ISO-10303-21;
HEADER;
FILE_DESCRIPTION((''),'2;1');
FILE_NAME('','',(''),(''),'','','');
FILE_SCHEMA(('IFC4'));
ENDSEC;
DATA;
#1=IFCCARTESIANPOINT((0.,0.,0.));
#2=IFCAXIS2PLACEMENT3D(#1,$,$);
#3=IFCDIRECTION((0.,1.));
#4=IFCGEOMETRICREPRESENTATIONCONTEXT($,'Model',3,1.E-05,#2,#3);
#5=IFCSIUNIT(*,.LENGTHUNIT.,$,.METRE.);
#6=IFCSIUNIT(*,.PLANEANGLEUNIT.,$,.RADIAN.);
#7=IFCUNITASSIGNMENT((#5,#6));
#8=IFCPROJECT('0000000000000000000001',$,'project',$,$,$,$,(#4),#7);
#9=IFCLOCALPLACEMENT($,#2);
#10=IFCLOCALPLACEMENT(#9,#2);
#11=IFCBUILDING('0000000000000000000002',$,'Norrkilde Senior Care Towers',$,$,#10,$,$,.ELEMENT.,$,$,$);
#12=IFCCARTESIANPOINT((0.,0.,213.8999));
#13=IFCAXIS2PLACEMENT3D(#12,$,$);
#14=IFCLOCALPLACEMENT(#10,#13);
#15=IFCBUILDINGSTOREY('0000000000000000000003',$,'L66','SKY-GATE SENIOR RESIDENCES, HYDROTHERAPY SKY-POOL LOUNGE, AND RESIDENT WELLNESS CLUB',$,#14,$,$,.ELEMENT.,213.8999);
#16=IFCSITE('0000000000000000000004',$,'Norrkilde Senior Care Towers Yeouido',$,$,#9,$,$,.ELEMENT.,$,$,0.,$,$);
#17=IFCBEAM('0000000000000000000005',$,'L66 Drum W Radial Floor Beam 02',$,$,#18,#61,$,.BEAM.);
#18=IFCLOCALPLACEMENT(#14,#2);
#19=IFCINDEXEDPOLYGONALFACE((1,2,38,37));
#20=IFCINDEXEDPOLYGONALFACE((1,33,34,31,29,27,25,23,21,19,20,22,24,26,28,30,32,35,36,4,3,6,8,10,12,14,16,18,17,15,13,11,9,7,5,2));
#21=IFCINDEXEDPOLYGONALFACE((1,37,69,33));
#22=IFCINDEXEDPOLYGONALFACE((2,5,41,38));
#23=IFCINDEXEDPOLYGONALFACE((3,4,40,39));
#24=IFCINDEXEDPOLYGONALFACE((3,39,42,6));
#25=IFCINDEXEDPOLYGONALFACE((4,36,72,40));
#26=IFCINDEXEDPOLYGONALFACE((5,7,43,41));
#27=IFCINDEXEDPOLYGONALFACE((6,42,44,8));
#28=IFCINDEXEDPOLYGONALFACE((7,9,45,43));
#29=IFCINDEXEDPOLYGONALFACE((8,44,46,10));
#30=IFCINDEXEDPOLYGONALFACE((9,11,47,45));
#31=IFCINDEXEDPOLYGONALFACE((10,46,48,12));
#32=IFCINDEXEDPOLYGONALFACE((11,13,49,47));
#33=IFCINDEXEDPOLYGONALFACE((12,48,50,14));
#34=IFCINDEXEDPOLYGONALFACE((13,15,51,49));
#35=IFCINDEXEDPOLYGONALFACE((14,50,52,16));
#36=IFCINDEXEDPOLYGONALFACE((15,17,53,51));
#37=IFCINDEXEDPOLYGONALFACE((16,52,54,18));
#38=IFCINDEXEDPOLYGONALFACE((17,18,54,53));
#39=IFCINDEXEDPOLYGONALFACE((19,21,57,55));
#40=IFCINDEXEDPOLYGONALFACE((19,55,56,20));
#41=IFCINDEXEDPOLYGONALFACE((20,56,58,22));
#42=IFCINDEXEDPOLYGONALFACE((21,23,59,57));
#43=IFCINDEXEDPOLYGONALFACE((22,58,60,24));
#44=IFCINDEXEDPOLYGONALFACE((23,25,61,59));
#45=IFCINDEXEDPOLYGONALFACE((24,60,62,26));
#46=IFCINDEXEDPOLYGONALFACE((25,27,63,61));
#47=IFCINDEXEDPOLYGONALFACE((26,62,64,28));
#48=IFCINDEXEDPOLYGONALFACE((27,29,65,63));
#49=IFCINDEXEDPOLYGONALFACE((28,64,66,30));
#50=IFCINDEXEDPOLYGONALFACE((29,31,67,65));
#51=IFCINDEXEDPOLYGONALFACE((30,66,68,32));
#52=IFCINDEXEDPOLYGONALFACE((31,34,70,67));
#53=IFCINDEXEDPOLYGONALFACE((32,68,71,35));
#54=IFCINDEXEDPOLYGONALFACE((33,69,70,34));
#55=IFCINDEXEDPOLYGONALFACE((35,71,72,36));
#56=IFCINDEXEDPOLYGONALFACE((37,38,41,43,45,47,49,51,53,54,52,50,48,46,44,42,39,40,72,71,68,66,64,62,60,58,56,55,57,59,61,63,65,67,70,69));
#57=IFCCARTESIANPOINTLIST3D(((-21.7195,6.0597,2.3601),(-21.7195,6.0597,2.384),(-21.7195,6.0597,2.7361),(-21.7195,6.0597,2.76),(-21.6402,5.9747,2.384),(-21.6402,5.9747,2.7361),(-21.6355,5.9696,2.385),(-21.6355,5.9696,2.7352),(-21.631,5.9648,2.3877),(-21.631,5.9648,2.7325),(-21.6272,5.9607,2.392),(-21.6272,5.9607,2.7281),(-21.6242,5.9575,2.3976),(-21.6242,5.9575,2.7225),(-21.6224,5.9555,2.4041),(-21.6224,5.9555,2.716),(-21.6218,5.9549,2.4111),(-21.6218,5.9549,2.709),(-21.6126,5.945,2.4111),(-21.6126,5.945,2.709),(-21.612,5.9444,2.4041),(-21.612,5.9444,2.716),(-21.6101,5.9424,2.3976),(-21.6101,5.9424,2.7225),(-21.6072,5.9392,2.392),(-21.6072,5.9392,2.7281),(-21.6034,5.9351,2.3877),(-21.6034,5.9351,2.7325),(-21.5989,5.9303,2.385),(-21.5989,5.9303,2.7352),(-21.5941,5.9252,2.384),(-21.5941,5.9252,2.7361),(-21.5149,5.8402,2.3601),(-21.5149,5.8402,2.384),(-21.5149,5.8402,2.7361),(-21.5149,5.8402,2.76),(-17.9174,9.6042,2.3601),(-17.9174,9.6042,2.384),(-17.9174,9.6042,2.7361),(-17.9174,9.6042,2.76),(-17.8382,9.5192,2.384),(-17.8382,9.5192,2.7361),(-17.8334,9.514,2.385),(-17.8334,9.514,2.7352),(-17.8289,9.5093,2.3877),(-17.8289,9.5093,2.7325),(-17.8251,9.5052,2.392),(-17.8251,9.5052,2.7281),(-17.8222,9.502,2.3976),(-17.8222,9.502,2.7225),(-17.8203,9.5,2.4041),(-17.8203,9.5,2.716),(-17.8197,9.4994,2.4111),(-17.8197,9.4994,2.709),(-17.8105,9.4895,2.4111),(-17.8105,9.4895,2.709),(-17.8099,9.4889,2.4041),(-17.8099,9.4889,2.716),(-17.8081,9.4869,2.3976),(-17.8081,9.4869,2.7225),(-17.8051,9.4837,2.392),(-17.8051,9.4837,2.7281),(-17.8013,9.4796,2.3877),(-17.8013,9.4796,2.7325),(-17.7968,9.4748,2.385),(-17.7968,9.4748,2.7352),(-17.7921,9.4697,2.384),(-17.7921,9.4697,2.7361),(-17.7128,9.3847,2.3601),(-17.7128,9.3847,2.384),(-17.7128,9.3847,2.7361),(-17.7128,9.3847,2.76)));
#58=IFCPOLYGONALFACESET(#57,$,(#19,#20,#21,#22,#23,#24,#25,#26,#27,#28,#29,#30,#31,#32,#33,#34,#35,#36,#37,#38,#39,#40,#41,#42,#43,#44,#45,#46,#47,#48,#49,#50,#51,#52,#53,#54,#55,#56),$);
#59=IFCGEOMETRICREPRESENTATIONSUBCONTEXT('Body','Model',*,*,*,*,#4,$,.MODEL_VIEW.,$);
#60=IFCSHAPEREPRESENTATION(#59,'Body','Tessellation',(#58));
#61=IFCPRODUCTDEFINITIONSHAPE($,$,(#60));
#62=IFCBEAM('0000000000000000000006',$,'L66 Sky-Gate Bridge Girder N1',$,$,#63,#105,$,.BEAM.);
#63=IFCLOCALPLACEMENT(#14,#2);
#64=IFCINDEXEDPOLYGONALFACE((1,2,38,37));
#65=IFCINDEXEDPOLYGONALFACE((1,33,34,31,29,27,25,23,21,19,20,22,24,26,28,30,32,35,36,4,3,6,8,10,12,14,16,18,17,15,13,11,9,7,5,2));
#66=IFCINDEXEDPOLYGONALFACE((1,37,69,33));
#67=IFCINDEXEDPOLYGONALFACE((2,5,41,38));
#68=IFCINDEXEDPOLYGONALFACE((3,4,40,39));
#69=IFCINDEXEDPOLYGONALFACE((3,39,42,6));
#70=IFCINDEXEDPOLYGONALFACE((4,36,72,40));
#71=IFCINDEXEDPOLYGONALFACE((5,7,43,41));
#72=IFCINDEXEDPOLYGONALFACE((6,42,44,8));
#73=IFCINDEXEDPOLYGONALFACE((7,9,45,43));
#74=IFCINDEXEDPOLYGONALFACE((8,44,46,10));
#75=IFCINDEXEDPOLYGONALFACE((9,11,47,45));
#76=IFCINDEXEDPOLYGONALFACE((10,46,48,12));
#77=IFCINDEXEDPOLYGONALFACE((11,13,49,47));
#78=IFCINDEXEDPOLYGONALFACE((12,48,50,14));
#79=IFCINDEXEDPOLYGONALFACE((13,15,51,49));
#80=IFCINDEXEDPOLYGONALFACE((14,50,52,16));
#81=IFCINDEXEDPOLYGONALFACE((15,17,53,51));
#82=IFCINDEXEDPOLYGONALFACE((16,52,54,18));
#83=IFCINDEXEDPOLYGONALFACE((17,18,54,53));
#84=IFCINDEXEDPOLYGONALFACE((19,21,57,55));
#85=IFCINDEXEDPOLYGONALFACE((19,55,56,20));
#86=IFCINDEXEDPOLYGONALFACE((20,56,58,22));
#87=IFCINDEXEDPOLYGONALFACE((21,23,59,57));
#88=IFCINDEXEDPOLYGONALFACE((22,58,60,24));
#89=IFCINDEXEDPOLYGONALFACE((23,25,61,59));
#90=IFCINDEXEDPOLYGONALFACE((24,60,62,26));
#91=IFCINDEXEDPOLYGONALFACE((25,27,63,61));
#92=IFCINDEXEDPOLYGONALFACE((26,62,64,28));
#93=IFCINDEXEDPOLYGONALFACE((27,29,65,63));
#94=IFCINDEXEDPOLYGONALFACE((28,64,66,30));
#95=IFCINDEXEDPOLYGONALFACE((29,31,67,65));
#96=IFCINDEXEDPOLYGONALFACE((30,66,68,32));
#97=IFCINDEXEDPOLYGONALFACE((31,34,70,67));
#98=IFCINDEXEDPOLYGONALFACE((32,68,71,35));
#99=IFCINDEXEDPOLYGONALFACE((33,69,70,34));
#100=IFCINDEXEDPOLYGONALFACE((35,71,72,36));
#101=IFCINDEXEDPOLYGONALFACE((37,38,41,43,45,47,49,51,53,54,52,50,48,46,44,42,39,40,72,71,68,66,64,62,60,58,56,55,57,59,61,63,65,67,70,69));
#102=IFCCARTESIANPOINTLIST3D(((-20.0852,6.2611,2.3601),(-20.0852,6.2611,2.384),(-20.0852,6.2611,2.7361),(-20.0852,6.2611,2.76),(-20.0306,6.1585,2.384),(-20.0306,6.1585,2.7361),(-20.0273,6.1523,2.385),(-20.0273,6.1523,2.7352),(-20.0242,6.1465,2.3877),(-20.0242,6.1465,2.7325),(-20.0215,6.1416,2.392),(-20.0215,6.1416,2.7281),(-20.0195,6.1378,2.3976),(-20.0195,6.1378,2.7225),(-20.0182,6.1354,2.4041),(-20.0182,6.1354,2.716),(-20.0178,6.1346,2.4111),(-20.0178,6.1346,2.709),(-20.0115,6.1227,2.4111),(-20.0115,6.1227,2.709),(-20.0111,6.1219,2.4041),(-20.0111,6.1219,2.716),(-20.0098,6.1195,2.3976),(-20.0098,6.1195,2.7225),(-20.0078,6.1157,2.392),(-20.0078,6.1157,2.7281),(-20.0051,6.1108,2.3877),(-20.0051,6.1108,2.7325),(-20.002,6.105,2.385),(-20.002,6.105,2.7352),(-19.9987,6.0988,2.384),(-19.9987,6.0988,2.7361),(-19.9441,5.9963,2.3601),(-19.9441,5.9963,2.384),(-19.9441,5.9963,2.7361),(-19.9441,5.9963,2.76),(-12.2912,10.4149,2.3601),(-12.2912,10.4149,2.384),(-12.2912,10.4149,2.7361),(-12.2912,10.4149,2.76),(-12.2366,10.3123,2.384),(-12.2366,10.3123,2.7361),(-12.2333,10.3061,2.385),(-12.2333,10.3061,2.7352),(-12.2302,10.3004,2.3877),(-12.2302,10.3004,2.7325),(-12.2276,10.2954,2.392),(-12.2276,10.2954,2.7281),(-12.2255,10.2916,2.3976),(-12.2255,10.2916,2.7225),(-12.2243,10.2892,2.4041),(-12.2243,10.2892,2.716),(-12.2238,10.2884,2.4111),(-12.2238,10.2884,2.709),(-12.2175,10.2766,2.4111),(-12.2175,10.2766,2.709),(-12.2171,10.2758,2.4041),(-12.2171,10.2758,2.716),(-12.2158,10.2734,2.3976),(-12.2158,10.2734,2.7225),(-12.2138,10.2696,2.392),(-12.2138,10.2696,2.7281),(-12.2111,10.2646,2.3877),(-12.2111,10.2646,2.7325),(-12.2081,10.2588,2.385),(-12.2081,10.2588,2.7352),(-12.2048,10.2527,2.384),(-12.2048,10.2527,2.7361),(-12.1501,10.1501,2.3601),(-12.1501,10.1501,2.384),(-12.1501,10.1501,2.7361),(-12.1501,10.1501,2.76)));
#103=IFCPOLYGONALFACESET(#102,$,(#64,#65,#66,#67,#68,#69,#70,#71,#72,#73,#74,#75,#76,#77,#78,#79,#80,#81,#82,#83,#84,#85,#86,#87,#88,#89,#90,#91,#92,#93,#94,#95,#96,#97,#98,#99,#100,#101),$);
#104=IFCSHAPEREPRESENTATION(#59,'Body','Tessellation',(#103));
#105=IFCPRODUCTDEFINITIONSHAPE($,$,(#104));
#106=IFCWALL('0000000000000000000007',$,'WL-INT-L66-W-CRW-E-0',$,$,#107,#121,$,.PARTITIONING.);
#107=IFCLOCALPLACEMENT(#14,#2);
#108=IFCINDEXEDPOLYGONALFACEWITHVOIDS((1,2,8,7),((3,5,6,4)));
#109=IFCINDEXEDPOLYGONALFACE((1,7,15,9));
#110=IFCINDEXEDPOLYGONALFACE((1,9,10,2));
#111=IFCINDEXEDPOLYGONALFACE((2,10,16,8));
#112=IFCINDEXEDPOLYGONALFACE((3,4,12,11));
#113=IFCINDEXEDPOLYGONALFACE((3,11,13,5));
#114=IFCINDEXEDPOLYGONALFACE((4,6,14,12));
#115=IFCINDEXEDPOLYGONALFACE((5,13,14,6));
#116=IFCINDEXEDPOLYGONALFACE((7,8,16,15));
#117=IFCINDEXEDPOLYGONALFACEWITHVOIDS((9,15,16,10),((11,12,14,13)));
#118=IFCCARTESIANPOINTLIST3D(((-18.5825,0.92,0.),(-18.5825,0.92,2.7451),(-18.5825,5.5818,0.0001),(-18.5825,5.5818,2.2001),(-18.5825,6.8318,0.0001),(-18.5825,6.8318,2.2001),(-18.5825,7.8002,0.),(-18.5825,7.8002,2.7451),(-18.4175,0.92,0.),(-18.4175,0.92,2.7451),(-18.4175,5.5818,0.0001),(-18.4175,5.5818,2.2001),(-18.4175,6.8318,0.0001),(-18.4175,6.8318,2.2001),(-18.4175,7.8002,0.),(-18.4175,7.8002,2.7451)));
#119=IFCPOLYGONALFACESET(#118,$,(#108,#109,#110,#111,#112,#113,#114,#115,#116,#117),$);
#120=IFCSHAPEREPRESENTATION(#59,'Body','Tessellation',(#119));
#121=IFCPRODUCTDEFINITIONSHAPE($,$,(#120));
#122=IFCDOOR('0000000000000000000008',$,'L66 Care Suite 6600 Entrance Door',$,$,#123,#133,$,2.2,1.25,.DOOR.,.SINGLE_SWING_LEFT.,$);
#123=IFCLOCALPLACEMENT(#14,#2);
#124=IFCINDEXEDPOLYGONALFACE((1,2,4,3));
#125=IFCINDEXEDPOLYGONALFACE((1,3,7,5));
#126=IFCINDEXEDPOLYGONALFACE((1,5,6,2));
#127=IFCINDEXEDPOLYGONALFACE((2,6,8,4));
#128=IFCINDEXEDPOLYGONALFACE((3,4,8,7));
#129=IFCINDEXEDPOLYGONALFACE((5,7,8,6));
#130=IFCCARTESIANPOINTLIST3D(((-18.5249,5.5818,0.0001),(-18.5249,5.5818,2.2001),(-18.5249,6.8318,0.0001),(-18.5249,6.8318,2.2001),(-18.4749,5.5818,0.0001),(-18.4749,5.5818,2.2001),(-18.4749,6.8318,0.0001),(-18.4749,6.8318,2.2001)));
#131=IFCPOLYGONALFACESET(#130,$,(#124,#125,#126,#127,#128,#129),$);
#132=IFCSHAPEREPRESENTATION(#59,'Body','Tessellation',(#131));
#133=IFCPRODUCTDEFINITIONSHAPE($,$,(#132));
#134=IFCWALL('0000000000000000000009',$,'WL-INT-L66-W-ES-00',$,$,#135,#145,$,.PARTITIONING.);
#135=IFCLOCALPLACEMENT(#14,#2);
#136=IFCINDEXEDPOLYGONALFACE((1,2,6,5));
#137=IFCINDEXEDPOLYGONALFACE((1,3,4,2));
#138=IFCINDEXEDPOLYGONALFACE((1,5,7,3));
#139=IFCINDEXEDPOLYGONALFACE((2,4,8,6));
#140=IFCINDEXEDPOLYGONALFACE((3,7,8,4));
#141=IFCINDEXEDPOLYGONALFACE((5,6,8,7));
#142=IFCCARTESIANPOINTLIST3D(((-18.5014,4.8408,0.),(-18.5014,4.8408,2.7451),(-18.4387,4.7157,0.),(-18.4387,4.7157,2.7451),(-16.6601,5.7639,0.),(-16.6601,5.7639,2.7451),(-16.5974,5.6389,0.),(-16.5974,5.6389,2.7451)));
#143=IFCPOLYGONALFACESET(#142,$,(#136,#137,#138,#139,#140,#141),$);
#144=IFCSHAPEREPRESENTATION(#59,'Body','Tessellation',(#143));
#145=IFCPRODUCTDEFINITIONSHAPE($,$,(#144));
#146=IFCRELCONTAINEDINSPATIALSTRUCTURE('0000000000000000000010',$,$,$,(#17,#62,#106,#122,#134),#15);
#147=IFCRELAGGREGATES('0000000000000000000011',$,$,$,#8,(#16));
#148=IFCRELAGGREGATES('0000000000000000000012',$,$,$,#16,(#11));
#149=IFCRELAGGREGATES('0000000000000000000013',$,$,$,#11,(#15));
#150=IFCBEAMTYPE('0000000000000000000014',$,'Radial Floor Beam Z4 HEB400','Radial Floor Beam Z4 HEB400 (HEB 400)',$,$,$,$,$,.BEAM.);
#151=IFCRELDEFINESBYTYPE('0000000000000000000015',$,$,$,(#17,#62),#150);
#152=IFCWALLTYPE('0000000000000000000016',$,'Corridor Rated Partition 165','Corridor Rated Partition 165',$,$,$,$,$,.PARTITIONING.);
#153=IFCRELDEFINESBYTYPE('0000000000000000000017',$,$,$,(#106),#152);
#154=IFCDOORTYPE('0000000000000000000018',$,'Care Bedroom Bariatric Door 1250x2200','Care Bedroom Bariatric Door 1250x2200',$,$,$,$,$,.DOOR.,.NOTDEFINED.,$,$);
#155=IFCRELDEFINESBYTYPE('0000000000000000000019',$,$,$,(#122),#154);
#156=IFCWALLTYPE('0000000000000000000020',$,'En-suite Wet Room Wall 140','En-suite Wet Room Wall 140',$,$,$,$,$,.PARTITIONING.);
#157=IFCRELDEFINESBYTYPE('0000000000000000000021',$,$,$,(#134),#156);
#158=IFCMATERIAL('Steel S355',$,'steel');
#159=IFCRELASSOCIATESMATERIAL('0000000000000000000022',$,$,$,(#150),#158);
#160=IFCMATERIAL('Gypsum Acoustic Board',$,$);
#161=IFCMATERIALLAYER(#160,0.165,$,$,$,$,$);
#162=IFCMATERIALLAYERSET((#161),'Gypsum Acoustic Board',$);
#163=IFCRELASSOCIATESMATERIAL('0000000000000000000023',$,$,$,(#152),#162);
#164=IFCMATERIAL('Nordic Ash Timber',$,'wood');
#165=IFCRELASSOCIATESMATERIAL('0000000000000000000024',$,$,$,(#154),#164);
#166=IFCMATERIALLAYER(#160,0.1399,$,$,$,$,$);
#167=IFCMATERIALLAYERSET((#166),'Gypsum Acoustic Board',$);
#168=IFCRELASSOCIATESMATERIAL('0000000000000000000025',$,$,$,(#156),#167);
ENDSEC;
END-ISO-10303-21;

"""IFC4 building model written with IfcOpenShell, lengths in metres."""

from ifc_helpers import new_model, si_unit, direction, frame, frame_2d, origin, origin_2d, place, context, subcontext, project, spatial, rectangle, i_section, extrude, source, transform, mapped, material, layer, layer_set, material_profile, profile_set, type_object, type_shapes, element, fill, save


model = new_model("IFC4")

# Units and contexts
model_context = context("Model", 3, precision=1e-05, world=origin(), true_north=direction((0.0, 1.0)))
body_context = subcontext(model_context, "Body", "Model", "MODEL_VIEW")
ifc_project = project(units=[si_unit("LENGTHUNIT", "METRE"), si_unit("PLANEANGLEUNIT", "RADIAN")], contexts=[model_context])

# Site, building, storey
site_placement = place(None, origin())
site = spatial("IfcSite", under=ifc_project, at=site_placement, Name="Norrkilde Senior Care Towers Yeouido", CompositionType="ELEMENT", RefElevation=0.0)
building_placement = place(site_placement, origin())
building = spatial("IfcBuilding", under=site, at=building_placement, Name="Norrkilde Senior Care Towers", CompositionType="ELEMENT")
storey_placement = place(building_placement, frame((0.0, 0.0, 213.8999)))
storey = spatial("IfcBuildingStorey", under=building, at=storey_placement, Name="L66", Description="SKY-GATE SENIOR RESIDENCES, HYDROTHERAPY SKY-POOL LOUNGE, AND RESIDENT WELLNESS CLUB", CompositionType="ELEMENT", Elevation=213.8999)

# Beams
ifc_material_1 = material(Name="Steel S355", Category="steel")
ifc_material_profile_1 = material_profile(ifc_material_1, i_section(OverallWidth=0.3, OverallDepth=0.3999, WebThickness=0.0134, FlangeThickness=0.0239, FilletRadius=0.0271, at=origin_2d()), Name="HEB 400")
ifc_profile_set_1 = profile_set([ifc_material_profile_1], Name="Steel S355")
beam_type_1 = type_object("IfcBeamType", Name="Radial Floor Beam Z4 HEB400", Description="Radial Floor Beam Z4 HEB400 (HEB 400)", PredefinedType="BEAM", material=ifc_profile_set_1)
shared_shape_1 = source(origin(), body_context, "Body", "SweptSolid", [
    extrude(i_section(OverallWidth=0.3, OverallDepth=0.3999, WebThickness=0.0134, FlangeThickness=0.0239, FilletRadius=0.0271, at=origin_2d()), origin(), (0.0, 0.0, 1.0), 5.198),
])
beam_1_placement = place(storey_placement, frame((-21.6172, 5.95, 2.5601), z_axis=(0.731449, 0.681896, 0.0), x_axis=(-0.681896, 0.731449, 0.0)))
element("IfcBeam", 1, at=beam_1_placement, inside=storey, type_object=beam_type_1, Name="L66 Drum W Radial Floor Beam 02", PredefinedType="BEAM", context=body_context, shape_type="MappedRepresentation", body=[
    mapped(shared_shape_1, transform((0.0, 0.0, 0.0), x_axis=(1.0, 0.0, 0.0), y_axis=(0.0, 1.0, 0.0), z_axis=(0.0, 0.0, 1.0), scale=1.0)),
])
shared_shape_2 = source(origin(), body_context, "Body", "SweptSolid", [
    extrude(i_section(OverallWidth=0.3, OverallDepth=0.3999, WebThickness=0.0134, FlangeThickness=0.0239, FilletRadius=0.0271, at=origin_2d()), origin(), (0.0, 0.0, 1.0), 8.8318),
])
beam_2_placement = place(storey_placement, frame((-20.0146, 6.1287, 2.5601), z_axis=(0.882492, 0.470327, 0.0), x_axis=(-0.470327, 0.882492, 0.0)))
element("IfcBeam", 2, at=beam_2_placement, inside=storey, type_object=beam_type_1, Name="L66 Sky-Gate Bridge Girder N1", PredefinedType="BEAM", context=body_context, shape_type="MappedRepresentation", body=[
    mapped(shared_shape_2, transform((0.0, 0.0, 0.0), x_axis=(1.0, 0.0, 0.0), y_axis=(0.0, 1.0, 0.0), z_axis=(0.0, 0.0, 1.0), scale=1.0)),
])

# Wall, opening, door
ifc_material_2 = material(Name="Gypsum Acoustic Board")
ifc_layer_1 = layer(ifc_material_2, 0.165)
ifc_layer_set_1 = layer_set([ifc_layer_1], Name="Gypsum Acoustic Board")
wall_type_1 = type_object("IfcWallType", Name="Corridor Rated Partition 165", Description="Corridor Rated Partition 165", PredefinedType="PARTITIONING", material=ifc_layer_set_1)
shared_shape_3 = source(origin(), body_context, "Body", "SweptSolid", [
    extrude(rectangle(XDim=6.8801, YDim=0.165, at=frame_2d((3.4399, 0.0))), origin(), (0.0, 0.0, 1.0), 2.7451),
])
wall_1_placement = place(storey_placement, frame((-18.5, 7.8, 0.0), z_axis=(0.0, 0.0, 1.0), x_axis=(0.0, -1.0, 0.0)))
wall_1 = element("IfcWall", 3, at=wall_1_placement, inside=storey, type_object=wall_type_1, Name="WL-INT-L66-W-CRW-E-0", PredefinedType="PARTITIONING", context=body_context, shape_type="MappedRepresentation", body=[
    mapped(shared_shape_3, transform((0.0, 0.0, 0.0), x_axis=(1.0, 0.0, 0.0), y_axis=(0.0, 1.0, 0.0), z_axis=(0.0, 0.0, 1.0), scale=1.0)),
])
opening_1_placement = place(wall_1_placement, frame((0.9683, 0.0, 0.0)))
opening_1 = element("IfcOpeningElement", 4, at=opening_1_placement, cuts=wall_1, PredefinedType="OPENING", context=body_context, shape_type="SweptSolid", body=[
    extrude(rectangle(XDim=1.25, YDim=2.2, at=frame_2d((0.625, 1.1001))), frame((0.0, 0.0925, 0.0), z_axis=(0.0, -1.0, 0.0), x_axis=(1.0, 0.0, 0.0)), (0.0, 0.0, 1.0), 0.1851),
])
ifc_material_3 = material(Name="Nordic Ash Timber", Category="wood")
door_type_1 = type_object("IfcDoorType", Name="Care Bedroom Bariatric Door 1250x2200", Description="Care Bedroom Bariatric Door 1250x2200", OperationType="NOTDEFINED", PredefinedType="DOOR", material=ifc_material_3)
shared_shape_4 = source(origin(), body_context, "Body", "SweptSolid", [
    extrude(rectangle(XDim=1.25, YDim=2.2, at=frame_2d((0.625, 1.1001))), frame((0.0, 0.0249, 0.0), z_axis=(0.0, -1.0, 0.0), x_axis=(1.0, 0.0, 0.0)), (0.0, 0.0, 1.0), 0.05),
])
type_shapes(door_type_1, [shared_shape_4])
door_1_placement = place(opening_1_placement, frame((1.25, 0.0, 0.0), z_axis=(0.0, 0.0, 1.0), x_axis=(-1.0, 0.0, 0.0)))
door_1 = element("IfcDoor", 5, at=door_1_placement, inside=storey, type_object=door_type_1, Name="L66 Care Suite 6600 Entrance Door", OperationType="SINGLE_SWING_LEFT", OverallHeight=2.2, OverallWidth=1.25, PredefinedType="DOOR", context=body_context, shape_type="MappedRepresentation", body=[
    mapped(shared_shape_4, transform((0.0, 0.0, 0.0), x_axis=(1.0, 0.0, 0.0), y_axis=(0.0, 1.0, 0.0), z_axis=(0.0, 0.0, 1.0), scale=1.0)),
])
fill(opening_1, door_1)

# Wall
ifc_layer_2 = layer(ifc_material_2, 0.1399)
ifc_layer_set_2 = layer_set([ifc_layer_2], Name="Gypsum Acoustic Board")
wall_type_2 = type_object("IfcWallType", Name="En-suite Wet Room Wall 140", Description="En-suite Wet Room Wall 140", PredefinedType="PARTITIONING", material=ifc_layer_set_2)
shared_shape_5 = source(origin(), body_context, "Body", "SweptSolid", [
    extrude(rectangle(XDim=2.0598, YDim=0.1399, at=frame_2d((1.0298, 0.0))), origin(), (0.0, 0.0, 1.0), 2.7451),
])
wall_2_placement = place(storey_placement, frame((-18.47, 4.7783, 0.0), z_axis=(0.0, 0.0, 1.0), x_axis=(0.893953, 0.448162, 0.0)))
element("IfcWall", 6, at=wall_2_placement, inside=storey, type_object=wall_type_2, Name="WL-INT-L66-W-ES-00", PredefinedType="PARTITIONING", context=body_context, shape_type="MappedRepresentation", body=[
    mapped(shared_shape_5, transform((0.0, 0.0, 0.0), x_axis=(1.0, 0.0, 0.0), y_axis=(0.0, 1.0, 0.0), z_axis=(0.0, 0.0, 1.0), scale=1.0)),
])

save(model, "model.ifc")
